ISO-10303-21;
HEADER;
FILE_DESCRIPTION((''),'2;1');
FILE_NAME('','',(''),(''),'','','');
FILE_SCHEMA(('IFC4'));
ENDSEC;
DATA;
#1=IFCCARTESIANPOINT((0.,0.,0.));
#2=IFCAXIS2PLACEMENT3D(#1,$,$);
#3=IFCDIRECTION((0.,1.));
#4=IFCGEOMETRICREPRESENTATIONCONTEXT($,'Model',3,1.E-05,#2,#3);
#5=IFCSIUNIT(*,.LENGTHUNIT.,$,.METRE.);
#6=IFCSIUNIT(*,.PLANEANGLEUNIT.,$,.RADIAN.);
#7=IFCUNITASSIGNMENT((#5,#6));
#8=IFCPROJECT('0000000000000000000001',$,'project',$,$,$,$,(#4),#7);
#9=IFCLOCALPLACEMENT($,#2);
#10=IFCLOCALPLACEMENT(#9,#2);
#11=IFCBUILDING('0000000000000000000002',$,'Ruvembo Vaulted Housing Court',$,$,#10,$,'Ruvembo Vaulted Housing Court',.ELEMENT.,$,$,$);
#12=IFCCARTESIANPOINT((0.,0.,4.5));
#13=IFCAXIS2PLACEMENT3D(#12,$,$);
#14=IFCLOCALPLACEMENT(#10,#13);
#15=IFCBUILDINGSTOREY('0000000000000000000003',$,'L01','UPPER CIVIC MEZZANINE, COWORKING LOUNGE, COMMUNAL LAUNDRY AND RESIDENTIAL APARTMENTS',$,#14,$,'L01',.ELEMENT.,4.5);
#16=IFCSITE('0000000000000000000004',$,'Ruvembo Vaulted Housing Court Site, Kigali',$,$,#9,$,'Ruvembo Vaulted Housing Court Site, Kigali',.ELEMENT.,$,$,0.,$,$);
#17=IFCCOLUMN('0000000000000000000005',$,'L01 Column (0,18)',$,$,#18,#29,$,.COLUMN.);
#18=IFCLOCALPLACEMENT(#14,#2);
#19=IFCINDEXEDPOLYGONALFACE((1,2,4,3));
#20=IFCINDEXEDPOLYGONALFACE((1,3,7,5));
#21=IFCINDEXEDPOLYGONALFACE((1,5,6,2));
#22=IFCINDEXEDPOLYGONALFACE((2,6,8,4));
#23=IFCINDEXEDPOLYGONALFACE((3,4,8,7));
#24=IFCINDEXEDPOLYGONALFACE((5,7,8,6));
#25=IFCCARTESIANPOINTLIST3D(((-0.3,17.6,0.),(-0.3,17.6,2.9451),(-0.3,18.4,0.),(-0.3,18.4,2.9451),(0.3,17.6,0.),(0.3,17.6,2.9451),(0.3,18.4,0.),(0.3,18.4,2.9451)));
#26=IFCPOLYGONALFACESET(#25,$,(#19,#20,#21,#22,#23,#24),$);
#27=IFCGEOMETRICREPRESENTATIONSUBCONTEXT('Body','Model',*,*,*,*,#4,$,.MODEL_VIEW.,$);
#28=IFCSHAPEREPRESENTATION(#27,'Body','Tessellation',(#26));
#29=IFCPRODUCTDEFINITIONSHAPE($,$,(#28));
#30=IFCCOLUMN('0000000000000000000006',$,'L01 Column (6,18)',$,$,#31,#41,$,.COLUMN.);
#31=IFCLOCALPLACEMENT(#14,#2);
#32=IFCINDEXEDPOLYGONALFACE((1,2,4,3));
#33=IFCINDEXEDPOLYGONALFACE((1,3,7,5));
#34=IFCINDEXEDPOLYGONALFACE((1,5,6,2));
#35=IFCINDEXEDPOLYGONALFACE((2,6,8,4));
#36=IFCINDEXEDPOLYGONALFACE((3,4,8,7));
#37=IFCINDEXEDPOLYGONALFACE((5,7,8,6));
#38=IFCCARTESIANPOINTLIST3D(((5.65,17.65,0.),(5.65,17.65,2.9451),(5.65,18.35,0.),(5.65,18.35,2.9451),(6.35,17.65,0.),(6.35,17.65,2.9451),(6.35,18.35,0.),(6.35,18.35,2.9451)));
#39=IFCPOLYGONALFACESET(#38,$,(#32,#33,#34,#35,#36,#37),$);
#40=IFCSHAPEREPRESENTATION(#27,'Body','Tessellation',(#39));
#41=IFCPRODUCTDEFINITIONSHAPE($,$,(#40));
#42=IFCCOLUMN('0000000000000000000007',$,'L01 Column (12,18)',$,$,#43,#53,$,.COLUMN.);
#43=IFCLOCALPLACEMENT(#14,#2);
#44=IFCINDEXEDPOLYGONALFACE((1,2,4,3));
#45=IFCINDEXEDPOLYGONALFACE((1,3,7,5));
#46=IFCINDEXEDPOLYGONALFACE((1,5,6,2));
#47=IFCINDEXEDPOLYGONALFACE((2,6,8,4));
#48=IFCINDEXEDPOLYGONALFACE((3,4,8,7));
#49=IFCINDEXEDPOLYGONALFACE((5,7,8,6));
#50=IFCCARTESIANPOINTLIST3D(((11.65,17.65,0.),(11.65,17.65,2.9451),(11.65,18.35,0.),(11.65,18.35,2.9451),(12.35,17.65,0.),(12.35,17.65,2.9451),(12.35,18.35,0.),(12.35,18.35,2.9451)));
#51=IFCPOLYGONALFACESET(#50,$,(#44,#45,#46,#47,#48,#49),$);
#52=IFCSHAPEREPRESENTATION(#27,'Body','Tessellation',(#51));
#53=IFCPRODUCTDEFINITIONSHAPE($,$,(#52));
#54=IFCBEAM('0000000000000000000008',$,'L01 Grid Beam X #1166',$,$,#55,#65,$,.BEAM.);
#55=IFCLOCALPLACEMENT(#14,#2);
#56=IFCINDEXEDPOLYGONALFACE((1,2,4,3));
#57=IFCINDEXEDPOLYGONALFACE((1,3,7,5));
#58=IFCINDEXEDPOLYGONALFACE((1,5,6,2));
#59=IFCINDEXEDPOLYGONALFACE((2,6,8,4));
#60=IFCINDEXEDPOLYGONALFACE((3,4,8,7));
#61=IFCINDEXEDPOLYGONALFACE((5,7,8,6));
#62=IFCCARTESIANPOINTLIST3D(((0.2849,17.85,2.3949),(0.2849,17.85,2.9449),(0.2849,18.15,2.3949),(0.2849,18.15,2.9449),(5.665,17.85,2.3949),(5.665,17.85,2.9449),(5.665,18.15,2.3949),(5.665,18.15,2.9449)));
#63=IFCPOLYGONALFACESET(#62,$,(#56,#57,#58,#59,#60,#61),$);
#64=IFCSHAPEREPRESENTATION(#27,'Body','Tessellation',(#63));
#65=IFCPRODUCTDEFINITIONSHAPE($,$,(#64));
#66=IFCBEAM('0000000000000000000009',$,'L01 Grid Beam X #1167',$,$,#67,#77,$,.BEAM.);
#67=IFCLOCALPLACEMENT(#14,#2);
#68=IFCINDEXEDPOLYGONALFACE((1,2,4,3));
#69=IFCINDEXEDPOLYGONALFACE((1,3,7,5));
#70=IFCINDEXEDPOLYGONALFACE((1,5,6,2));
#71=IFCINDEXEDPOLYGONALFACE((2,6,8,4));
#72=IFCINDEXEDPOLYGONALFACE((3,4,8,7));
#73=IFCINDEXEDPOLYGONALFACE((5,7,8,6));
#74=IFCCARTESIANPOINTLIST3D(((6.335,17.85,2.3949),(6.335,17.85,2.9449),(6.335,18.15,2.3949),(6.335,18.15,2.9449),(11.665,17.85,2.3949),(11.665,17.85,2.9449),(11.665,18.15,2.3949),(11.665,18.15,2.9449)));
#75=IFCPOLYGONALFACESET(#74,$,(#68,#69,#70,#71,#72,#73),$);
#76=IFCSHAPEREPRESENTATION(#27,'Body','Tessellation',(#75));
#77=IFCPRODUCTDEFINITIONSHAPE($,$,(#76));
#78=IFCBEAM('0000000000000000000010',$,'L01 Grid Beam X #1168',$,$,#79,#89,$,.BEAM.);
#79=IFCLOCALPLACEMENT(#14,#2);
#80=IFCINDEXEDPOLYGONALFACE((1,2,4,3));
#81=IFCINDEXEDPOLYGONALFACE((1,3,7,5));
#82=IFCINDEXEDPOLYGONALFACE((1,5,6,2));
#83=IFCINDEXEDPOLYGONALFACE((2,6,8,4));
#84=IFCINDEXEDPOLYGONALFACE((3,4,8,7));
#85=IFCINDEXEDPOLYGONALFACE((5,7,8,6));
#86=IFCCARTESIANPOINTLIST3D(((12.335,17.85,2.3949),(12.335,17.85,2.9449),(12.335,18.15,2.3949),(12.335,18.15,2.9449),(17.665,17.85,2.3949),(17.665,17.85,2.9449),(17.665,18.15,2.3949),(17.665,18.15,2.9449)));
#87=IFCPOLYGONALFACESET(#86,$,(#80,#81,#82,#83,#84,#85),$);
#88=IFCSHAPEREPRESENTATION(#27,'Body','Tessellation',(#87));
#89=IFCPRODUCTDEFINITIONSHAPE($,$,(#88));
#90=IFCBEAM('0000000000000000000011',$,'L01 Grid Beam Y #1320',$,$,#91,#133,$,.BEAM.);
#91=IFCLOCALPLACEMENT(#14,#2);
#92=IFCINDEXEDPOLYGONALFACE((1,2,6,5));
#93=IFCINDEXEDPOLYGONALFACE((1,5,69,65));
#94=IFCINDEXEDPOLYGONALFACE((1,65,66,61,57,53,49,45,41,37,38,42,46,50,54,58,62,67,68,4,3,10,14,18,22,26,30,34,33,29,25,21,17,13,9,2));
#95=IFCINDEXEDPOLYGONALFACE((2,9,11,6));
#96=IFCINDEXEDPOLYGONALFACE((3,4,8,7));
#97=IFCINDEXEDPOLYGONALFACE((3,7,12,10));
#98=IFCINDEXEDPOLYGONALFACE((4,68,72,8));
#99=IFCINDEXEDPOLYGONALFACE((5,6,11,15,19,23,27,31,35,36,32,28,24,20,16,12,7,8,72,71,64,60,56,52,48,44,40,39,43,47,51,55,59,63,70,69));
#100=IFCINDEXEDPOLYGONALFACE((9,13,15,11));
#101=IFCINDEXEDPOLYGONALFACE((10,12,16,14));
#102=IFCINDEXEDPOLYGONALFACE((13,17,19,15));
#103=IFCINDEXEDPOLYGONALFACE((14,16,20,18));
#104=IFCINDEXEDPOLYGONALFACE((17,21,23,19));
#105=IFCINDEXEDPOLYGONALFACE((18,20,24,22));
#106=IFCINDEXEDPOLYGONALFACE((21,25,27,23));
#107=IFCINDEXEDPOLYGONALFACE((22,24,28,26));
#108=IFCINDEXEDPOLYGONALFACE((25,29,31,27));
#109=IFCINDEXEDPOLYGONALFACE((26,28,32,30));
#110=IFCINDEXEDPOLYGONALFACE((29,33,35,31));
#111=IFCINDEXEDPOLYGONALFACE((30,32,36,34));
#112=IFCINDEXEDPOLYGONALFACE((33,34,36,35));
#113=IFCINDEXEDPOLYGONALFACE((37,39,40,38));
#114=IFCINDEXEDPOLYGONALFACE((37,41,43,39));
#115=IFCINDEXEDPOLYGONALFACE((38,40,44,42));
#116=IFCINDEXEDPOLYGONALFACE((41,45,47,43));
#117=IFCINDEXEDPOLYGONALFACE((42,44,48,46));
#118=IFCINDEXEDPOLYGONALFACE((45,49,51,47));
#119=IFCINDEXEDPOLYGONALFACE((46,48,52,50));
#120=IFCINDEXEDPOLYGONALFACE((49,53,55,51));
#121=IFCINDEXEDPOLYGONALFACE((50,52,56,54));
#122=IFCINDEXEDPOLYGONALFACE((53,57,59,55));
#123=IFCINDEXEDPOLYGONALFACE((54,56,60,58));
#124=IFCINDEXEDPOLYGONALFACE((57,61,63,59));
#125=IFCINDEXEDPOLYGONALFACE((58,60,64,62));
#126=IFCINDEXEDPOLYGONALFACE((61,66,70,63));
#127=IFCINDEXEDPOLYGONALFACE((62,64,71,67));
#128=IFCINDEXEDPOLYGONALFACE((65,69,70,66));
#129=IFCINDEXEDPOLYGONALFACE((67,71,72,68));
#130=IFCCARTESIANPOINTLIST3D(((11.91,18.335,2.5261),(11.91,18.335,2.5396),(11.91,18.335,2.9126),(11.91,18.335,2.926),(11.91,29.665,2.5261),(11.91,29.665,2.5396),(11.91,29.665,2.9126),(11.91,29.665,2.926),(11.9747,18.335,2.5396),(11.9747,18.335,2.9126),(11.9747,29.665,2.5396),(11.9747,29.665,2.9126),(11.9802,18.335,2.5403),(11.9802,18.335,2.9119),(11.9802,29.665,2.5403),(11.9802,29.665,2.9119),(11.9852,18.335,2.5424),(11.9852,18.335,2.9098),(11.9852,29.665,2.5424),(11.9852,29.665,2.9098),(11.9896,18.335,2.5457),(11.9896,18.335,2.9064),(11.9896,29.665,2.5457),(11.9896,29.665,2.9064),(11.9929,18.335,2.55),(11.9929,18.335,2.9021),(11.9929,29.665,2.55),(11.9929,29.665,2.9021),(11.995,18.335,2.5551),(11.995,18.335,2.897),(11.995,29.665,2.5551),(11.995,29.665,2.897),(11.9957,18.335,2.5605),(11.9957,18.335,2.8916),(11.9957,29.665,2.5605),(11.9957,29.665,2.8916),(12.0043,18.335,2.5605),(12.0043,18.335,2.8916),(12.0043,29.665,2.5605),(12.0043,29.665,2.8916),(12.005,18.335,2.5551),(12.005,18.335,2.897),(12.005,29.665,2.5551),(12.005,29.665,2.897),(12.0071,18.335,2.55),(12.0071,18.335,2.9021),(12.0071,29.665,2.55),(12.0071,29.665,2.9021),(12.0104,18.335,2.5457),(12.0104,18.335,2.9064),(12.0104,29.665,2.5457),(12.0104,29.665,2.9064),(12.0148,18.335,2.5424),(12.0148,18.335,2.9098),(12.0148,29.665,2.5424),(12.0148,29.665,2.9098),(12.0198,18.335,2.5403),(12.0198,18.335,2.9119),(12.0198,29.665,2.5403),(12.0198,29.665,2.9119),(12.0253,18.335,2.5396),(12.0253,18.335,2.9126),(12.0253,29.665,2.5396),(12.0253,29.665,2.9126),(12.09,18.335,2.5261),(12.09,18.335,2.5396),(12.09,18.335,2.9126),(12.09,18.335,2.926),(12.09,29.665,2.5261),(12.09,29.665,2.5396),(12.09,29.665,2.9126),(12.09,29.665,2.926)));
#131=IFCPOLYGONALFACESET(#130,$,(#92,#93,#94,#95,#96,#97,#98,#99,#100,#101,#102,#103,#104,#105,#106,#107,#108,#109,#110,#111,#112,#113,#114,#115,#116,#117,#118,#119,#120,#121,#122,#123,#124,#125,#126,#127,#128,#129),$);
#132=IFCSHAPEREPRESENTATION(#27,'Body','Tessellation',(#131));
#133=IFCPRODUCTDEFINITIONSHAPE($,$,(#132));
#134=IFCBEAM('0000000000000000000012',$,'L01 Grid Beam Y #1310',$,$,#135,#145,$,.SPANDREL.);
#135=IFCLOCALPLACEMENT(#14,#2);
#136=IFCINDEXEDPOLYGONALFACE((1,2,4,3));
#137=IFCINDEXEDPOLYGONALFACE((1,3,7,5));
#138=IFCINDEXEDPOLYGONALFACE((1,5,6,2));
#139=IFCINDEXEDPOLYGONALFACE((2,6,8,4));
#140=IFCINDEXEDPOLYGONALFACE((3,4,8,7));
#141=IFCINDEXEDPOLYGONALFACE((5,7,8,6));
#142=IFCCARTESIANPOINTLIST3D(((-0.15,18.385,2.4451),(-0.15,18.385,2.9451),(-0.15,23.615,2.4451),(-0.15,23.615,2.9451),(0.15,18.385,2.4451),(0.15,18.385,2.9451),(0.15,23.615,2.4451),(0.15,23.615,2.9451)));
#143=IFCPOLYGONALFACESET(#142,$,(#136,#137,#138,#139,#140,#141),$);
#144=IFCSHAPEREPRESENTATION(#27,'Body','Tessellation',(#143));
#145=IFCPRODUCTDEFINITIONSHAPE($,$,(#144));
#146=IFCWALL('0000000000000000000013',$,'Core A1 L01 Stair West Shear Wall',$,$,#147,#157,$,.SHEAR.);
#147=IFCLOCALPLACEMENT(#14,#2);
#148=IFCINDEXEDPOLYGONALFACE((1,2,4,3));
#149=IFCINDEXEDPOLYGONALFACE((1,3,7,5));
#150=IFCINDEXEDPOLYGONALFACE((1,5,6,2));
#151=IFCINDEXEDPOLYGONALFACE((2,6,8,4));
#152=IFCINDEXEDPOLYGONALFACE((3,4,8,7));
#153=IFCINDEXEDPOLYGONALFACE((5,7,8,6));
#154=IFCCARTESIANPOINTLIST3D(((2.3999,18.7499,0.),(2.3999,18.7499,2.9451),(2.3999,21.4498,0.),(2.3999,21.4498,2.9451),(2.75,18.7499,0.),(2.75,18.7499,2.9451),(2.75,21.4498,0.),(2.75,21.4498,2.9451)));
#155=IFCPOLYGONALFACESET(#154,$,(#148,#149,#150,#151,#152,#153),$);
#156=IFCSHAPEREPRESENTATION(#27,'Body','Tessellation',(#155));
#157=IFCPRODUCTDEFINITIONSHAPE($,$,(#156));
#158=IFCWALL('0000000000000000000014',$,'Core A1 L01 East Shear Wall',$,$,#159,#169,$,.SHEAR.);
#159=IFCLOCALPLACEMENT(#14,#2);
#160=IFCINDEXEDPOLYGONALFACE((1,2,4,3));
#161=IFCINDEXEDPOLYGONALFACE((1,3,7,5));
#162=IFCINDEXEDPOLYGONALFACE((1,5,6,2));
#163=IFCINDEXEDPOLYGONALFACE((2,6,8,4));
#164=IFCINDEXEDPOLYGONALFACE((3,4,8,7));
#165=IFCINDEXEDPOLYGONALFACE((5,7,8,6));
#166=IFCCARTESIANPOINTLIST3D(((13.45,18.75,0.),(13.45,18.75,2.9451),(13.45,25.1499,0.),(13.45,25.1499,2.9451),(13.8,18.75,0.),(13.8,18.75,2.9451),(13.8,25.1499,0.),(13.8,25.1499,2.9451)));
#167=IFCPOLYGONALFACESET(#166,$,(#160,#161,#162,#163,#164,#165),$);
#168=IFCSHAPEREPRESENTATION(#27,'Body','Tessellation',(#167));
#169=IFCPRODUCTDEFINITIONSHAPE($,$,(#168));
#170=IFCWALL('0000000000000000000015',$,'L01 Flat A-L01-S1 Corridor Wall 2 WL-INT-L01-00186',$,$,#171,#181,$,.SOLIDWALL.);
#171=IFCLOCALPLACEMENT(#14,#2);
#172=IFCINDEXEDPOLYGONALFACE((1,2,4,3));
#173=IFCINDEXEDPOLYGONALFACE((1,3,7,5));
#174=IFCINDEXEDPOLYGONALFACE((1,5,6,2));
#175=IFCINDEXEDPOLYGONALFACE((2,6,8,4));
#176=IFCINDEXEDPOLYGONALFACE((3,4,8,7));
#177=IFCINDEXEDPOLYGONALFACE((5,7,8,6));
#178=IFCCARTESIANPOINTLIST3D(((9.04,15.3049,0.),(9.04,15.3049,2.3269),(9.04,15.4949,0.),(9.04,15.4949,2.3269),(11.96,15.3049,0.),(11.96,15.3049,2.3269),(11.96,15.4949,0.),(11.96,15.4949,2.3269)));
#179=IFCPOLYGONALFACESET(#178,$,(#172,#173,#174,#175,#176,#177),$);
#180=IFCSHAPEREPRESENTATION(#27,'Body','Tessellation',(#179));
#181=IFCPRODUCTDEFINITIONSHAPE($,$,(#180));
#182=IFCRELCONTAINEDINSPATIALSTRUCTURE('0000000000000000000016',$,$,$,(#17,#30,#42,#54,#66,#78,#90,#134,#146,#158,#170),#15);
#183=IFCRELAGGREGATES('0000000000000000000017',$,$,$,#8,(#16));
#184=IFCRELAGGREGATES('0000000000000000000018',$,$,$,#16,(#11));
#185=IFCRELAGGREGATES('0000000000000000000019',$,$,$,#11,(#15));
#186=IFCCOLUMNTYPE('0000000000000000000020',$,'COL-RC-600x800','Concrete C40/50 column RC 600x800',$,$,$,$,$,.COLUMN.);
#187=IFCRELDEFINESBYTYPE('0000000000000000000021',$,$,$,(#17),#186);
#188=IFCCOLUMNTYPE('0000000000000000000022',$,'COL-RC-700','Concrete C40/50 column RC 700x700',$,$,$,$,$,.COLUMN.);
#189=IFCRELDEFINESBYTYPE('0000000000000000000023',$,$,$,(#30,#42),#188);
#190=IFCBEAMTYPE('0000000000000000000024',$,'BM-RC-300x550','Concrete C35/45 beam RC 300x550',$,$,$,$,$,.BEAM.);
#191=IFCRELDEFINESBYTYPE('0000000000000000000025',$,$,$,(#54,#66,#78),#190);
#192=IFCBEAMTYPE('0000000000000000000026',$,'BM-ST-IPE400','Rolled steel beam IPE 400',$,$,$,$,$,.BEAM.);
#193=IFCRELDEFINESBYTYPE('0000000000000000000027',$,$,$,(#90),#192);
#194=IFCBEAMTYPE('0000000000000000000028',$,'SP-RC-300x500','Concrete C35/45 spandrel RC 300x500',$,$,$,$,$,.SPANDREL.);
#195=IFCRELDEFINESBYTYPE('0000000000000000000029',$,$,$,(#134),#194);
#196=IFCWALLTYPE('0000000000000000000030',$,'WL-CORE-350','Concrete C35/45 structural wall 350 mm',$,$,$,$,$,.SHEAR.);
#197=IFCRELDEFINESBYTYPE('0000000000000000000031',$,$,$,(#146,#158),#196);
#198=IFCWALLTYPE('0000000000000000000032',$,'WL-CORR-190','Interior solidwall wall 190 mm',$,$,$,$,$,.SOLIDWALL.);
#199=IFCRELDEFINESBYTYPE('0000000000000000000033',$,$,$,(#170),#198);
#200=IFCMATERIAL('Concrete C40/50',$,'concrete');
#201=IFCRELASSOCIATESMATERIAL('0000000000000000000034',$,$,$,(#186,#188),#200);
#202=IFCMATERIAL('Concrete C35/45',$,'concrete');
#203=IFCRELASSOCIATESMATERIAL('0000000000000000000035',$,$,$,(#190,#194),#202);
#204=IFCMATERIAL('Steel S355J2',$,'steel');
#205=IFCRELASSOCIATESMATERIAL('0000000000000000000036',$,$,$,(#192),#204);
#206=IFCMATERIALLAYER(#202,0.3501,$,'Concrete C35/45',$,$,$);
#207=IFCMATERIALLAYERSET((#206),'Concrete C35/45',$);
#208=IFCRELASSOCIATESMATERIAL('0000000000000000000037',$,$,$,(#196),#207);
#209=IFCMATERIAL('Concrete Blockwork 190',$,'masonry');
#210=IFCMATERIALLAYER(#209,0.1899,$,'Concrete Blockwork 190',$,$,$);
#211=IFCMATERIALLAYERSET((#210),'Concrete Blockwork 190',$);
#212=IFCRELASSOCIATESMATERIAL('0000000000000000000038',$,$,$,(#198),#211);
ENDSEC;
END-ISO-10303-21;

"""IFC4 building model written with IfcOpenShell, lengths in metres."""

from ifc_helpers import new_model, si_unit, direction, frame, frame_2d, origin, origin_2d, place, context, subcontext, project, spatial, rectangle, i_section, extrude, material, layer, layer_set, material_profile, profile_set, type_object, element, save


model = new_model("IFC4")

# Units and contexts
model_context = context("Model", 3, precision=1e-05, world=origin(), true_north=direction((0.0, 1.0)))
body_context = subcontext(model_context, "Body", "Model", "MODEL_VIEW")
ifc_project = project(units=[si_unit("LENGTHUNIT", "METRE"), si_unit("PLANEANGLEUNIT", "RADIAN")], contexts=[model_context])

# Site, building, storey
site_placement = place(None, origin())
site = spatial("IfcSite", under=ifc_project, at=site_placement, Name="Ruvembo Vaulted Housing Court Site, Kigali", LongName="Ruvembo Vaulted Housing Court Site, Kigali", CompositionType="ELEMENT", RefElevation=0.0)
building_placement = place(site_placement, origin())
building = spatial("IfcBuilding", under=site, at=building_placement, Name="Ruvembo Vaulted Housing Court", LongName="Ruvembo Vaulted Housing Court", CompositionType="ELEMENT")
storey_placement = place(building_placement, frame((0.0, 0.0, 4.5)))
storey = spatial("IfcBuildingStorey", under=building, at=storey_placement, Name="L01", Description="UPPER CIVIC MEZZANINE, COWORKING LOUNGE, COMMUNAL LAUNDRY AND RESIDENTIAL APARTMENTS", LongName="L01", CompositionType="ELEMENT", Elevation=4.5)

# Columns
ifc_material_1 = material(Name="Concrete C40/50", Category="concrete")
ifc_material_profile_1 = material_profile(ifc_material_1, rectangle(XDim=0.6001, YDim=0.8, at=origin_2d()), Name="RC 600x800")
ifc_profile_set_1 = profile_set([ifc_material_profile_1], Name="Concrete C40/50")
column_type_1 = type_object("IfcColumnType", Name="COL-RC-600x800", Description="Concrete C40/50 column RC 600x800", PredefinedType="COLUMN", material=ifc_profile_set_1)
column_placement = place(storey_placement, frame((0.0, 18.0, 0.0), z_axis=(0.0, 0.0, 1.0), x_axis=(1.0, 0.0, 0.0)))
element("IfcColumn", 1, at=column_placement, inside=storey, type_object=column_type_1, Name="L01 Column (0,18)", PredefinedType="COLUMN", context=body_context, shape_type="SweptSolid", body=[
    extrude(rectangle(XDim=0.6001, YDim=0.8, at=origin_2d()), origin(), (0.0, 0.0, 1.0), 2.9451),
])
ifc_material_profile_2 = material_profile(ifc_material_1, rectangle(XDim=0.7, YDim=0.7, at=origin_2d()), Name="RC 700x700")
ifc_profile_set_2 = profile_set([ifc_material_profile_2], Name="Concrete C40/50")
column_type_2 = type_object("IfcColumnType", Name="COL-RC-700", Description="Concrete C40/50 column RC 700x700", PredefinedType="COLUMN", material=ifc_profile_set_2)
for number, where, z_axis, x_axis, name in (
    (2, (6.0, 18.0, 0.0), (0.0, 0.0, 1.0), (1.0, 0.0, 0.0), "L01 Column (6,18)"),
    (3, (12.0, 18.0, 0.0), (0.0, 0.0, 1.0), (1.0, 0.0, 0.0), "L01 Column (12,18)"),
):
    element("IfcColumn", number, at=place(storey_placement, frame(where, z_axis=z_axis, x_axis=x_axis)), inside=storey, type_object=column_type_2, Name=name, PredefinedType="COLUMN", context=body_context, shape_type="SweptSolid", body=[
        extrude(rectangle(XDim=0.7, YDim=0.7, at=origin_2d()), origin(), (0.0, 0.0, 1.0), 2.9451),
    ])

# Beams
ifc_material_2 = material(Name="Concrete C35/45", Category="concrete")
ifc_material_profile_3 = material_profile(ifc_material_2, rectangle(XDim=0.3, YDim=0.55, at=origin_2d()), Name="RC 300x550")
ifc_profile_set_3 = profile_set([ifc_material_profile_3], Name="Concrete C35/45")
beam_type_1 = type_object("IfcBeamType", Name="BM-RC-300x550", Description="Concrete C35/45 beam RC 300x550", PredefinedType="BEAM", material=ifc_profile_set_3)
beam_1_placement = place(storey_placement, frame((0.2849, 18.0, 2.6699), z_axis=(1.0, 0.0, 0.0), x_axis=(0.0, 1.0, 0.0)))
element("IfcBeam", 4, at=beam_1_placement, inside=storey, type_object=beam_type_1, Name="L01 Grid Beam X #1166", PredefinedType="BEAM", context=body_context, shape_type="SweptSolid", body=[
    extrude(rectangle(XDim=0.3, YDim=0.55, at=origin_2d()), origin(), (0.0, 0.0, 1.0), 5.3801),
])
for number, where, z_axis, x_axis, name in (
    (5, (6.335, 18.0, 2.6699), (1.0, 0.0, 0.0), (0.0, 1.0, 0.0), "L01 Grid Beam X #1167"),
    (6, (12.335, 18.0, 2.6699), (1.0, 0.0, 0.0), (0.0, 1.0, 0.0), "L01 Grid Beam X #1168"),
):
    element("IfcBeam", number, at=place(storey_placement, frame(where, z_axis=z_axis, x_axis=x_axis)), inside=storey, type_object=beam_type_1, Name=name, PredefinedType="BEAM", context=body_context, shape_type="SweptSolid", body=[
        extrude(rectangle(XDim=0.3, YDim=0.55, at=origin_2d()), origin(), (0.0, 0.0, 1.0), 5.3301),
    ])
ifc_material_3 = material(Name="Steel S355J2", Category="steel")
ifc_material_profile_4 = material_profile(ifc_material_3, i_section(OverallWidth=0.1799, OverallDepth=0.3999, WebThickness=0.0085, FlangeThickness=0.0134, FilletRadius=0.021, at=origin_2d()), Name="IPE 400")
ifc_profile_set_4 = profile_set([ifc_material_profile_4], Name="Steel S355J2")
beam_type_2 = type_object("IfcBeamType", Name="BM-ST-IPE400", Description="Rolled steel beam IPE 400", PredefinedType="BEAM", material=ifc_profile_set_4)
beam_2_placement = place(storey_placement, frame((12.0, 18.335, 2.7261), z_axis=(0.0, 1.0, 0.0), x_axis=(-1.0, 0.0, 0.0)))
element("IfcBeam", 7, at=beam_2_placement, inside=storey, type_object=beam_type_2, Name="L01 Grid Beam Y #1320", PredefinedType="BEAM", context=body_context, shape_type="SweptSolid", body=[
    extrude(i_section(OverallWidth=0.1799, OverallDepth=0.3999, WebThickness=0.0085, FlangeThickness=0.0134, FilletRadius=0.021, at=origin_2d()), origin(), (0.0, 0.0, 1.0), 11.3301),
])
ifc_material_profile_5 = material_profile(ifc_material_2, rectangle(XDim=0.3, YDim=0.5, at=origin_2d()), Name="RC 300x500")
ifc_profile_set_5 = profile_set([ifc_material_profile_5], Name="Concrete C35/45")
beam_type_3 = type_object("IfcBeamType", Name="SP-RC-300x500", Description="Concrete C35/45 spandrel RC 300x500", PredefinedType="SPANDREL", material=ifc_profile_set_5)
beam_3_placement = place(storey_placement, frame((0.0, 18.385, 2.6951), z_axis=(0.0, 1.0, 0.0), x_axis=(-1.0, 0.0, 0.0)))
element("IfcBeam", 8, at=beam_3_placement, inside=storey, type_object=beam_type_3, Name="L01 Grid Beam Y #1310", PredefinedType="SPANDREL", context=body_context, shape_type="SweptSolid", body=[
    extrude(rectangle(XDim=0.3, YDim=0.5, at=origin_2d()), origin(), (0.0, 0.0, 1.0), 5.23),
])

# Shared definitions
ifc_layer_1 = layer(ifc_material_2, 0.3501, Name="Concrete C35/45")
ifc_layer_set_1 = layer_set([ifc_layer_1], Name="Concrete C35/45")
wall_type_1 = type_object("IfcWallType", Name="WL-CORE-350", Description="Concrete C35/45 structural wall 350 mm", PredefinedType="SHEAR", material=ifc_layer_set_1)

# Walls
wall_1_placement = place(storey_placement, frame((2.575, 21.45, 0.0), z_axis=(0.0, 0.0, 1.0), x_axis=(0.0, -1.0, 0.0)))
element("IfcWall", 9, at=wall_1_placement, inside=storey, type_object=wall_type_1, Name="Core A1 L01 Stair West Shear Wall", PredefinedType="SHEAR", context=body_context, shape_type="SweptSolid", body=[
    extrude(rectangle(XDim=2.7, YDim=0.3501, at=frame_2d((1.3501, 0.0))), origin(), (0.0, 0.0, 1.0), 2.9451),
])
wall_2_placement = place(storey_placement, frame((13.625, 18.75, 0.0), z_axis=(0.0, 0.0, 1.0), x_axis=(0.0, 1.0, 0.0)))
element("IfcWall", 10, at=wall_2_placement, inside=storey, type_object=wall_type_1, Name="Core A1 L01 East Shear Wall", PredefinedType="SHEAR", context=body_context, shape_type="SweptSolid", body=[
    extrude(rectangle(XDim=6.3999, YDim=0.3501, at=frame_2d((3.2, 0.0))), origin(), (0.0, 0.0, 1.0), 2.9451),
])
ifc_material_4 = material(Name="Concrete Blockwork 190", Category="masonry")
ifc_layer_2 = layer(ifc_material_4, 0.1899, Name="Concrete Blockwork 190")
ifc_layer_set_2 = layer_set([ifc_layer_2], Name="Concrete Blockwork 190")
wall_type_2 = type_object("IfcWallType", Name="WL-CORR-190", Description="Interior solidwall wall 190 mm", PredefinedType="SOLIDWALL", material=ifc_layer_set_2)
wall_3_placement = place(storey_placement, frame((9.04, 15.3999, 0.0), z_axis=(0.0, 0.0, 1.0), x_axis=(1.0, 0.0, 0.0)))
element("IfcWall", 11, at=wall_3_placement, inside=storey, type_object=wall_type_2, Name="L01 Flat A-L01-S1 Corridor Wall 2 WL-INT-L01-00186", PredefinedType="SOLIDWALL", context=body_context, shape_type="SweptSolid", body=[
    extrude(rectangle(XDim=2.9199, YDim=0.1899, at=frame_2d((1.46, 0.0))), origin(), (0.0, 0.0, 1.0), 2.3269),
])

save(model, "model.ifc")
